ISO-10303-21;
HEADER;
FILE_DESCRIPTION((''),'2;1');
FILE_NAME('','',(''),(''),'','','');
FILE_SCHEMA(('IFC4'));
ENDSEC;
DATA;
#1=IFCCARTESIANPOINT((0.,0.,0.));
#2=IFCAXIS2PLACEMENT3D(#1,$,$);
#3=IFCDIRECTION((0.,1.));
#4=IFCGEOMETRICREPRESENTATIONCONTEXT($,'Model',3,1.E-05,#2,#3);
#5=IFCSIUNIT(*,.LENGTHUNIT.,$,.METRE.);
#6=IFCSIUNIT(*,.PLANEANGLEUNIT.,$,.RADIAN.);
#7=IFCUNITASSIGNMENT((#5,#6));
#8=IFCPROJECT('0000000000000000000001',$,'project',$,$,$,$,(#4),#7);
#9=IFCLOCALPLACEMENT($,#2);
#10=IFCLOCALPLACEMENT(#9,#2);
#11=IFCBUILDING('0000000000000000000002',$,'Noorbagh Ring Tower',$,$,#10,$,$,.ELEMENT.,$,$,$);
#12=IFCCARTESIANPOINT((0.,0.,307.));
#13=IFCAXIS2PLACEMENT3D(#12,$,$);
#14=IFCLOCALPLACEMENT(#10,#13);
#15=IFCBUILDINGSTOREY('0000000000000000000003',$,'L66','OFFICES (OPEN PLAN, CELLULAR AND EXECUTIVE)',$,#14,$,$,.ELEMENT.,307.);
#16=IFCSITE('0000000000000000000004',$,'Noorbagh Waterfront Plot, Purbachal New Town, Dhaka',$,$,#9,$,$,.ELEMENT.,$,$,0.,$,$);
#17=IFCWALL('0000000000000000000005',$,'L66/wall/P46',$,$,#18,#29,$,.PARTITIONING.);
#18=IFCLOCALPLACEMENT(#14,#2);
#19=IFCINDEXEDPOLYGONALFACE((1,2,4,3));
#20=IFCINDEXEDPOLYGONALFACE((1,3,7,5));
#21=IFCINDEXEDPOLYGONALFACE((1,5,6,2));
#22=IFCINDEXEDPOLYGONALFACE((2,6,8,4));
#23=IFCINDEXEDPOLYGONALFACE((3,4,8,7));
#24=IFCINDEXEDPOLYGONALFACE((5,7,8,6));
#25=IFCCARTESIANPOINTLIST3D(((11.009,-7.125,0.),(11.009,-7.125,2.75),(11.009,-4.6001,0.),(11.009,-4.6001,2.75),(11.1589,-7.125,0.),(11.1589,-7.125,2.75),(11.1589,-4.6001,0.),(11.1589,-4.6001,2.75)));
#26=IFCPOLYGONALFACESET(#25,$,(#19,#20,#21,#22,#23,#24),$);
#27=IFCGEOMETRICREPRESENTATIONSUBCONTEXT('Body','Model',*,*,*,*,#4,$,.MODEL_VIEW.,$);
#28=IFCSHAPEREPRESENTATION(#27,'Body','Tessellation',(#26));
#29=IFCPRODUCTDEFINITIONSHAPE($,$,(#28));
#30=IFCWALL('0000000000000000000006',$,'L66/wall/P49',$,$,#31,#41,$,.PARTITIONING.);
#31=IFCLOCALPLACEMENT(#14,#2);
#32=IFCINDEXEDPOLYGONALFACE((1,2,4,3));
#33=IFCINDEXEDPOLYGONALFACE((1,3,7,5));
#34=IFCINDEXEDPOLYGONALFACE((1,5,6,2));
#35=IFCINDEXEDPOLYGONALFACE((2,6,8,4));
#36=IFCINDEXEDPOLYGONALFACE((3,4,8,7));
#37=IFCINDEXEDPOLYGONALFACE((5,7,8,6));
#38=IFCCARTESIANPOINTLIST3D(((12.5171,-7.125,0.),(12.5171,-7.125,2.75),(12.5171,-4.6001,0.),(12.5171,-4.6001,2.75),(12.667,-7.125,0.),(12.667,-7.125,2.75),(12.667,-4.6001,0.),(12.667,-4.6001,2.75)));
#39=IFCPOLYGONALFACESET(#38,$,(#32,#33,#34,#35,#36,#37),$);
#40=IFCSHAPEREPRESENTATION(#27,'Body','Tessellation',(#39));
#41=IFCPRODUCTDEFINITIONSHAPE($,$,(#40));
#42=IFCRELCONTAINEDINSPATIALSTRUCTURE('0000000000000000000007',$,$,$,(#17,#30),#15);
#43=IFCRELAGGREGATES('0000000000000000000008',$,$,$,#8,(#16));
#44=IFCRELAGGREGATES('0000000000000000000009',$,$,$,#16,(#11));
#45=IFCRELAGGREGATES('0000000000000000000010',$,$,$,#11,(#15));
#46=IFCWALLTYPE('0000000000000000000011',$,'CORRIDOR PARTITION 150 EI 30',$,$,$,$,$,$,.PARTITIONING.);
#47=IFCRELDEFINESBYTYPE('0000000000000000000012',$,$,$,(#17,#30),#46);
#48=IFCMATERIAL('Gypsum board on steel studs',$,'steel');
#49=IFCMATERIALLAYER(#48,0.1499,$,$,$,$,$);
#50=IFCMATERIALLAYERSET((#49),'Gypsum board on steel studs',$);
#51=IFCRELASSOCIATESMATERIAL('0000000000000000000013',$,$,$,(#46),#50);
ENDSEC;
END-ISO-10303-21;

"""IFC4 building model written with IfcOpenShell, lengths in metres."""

from ifc_helpers import new_model, si_unit, direction, frame, frame_2d, origin, place, context, subcontext, project, spatial, rectangle, extrude, material, layer, layer_set, type_object, element, save


model = new_model("IFC4")

# Units and contexts
model_context = context("Model", 3, precision=1e-05, world=origin(), true_north=direction((0.0, 1.0)))
body_context = subcontext(model_context, "Body", "Model", "MODEL_VIEW")
ifc_project = project(units=[si_unit("LENGTHUNIT", "METRE"), si_unit("PLANEANGLEUNIT", "RADIAN")], contexts=[model_context])

# Site, building, storey
site_placement = place(None, origin())
site = spatial("IfcSite", under=ifc_project, at=site_placement, Name="Noorbagh Waterfront Plot, Purbachal New Town, Dhaka", CompositionType="ELEMENT", RefElevation=0.0)
building_placement = place(site_placement, origin())
building = spatial("IfcBuilding", under=site, at=building_placement, Name="Noorbagh Ring Tower", CompositionType="ELEMENT")
storey_placement = place(building_placement, frame((0.0, 0.0, 307.0)))
storey = spatial("IfcBuildingStorey", under=building, at=storey_placement, Name="L66", Description="OFFICES (OPEN PLAN, CELLULAR AND EXECUTIVE)", CompositionType="ELEMENT", Elevation=307.0)

# Shared definitions
ifc_material_1 = material(Name="Gypsum board on steel studs", Category="steel")
ifc_layer_1 = layer(ifc_material_1, 0.1499)
ifc_layer_set_1 = layer_set([ifc_layer_1], Name="Gypsum board on steel studs")
wall_type_1 = type_object("IfcWallType", Name="CORRIDOR PARTITION 150 EI 30", PredefinedType="PARTITIONING", material=ifc_layer_set_1)

# Walls
for number, where, z_axis, x_axis, name in (
    (1, (11.084, -7.125, 0.0), (0.0, 0.0, 1.0), (0.0, 1.0, 0.0), "L66/wall/P46"),
    (2, (12.592, -7.125, 0.0), (0.0, 0.0, 1.0), (0.0, 1.0, 0.0), "L66/wall/P49"),
):
    element("IfcWall", number, at=place(storey_placement, frame(where, z_axis=z_axis, x_axis=x_axis)), inside=storey, type_object=wall_type_1, Name=name, PredefinedType="PARTITIONING", context=body_context, shape_type="SweptSolid", body=[
        extrude(rectangle(XDim=2.5249, YDim=0.1499, at=frame_2d((1.2625, 0.0))), origin(), (0.0, 0.0, 1.0), 2.75),
    ])

save(model, "model.ifc")
